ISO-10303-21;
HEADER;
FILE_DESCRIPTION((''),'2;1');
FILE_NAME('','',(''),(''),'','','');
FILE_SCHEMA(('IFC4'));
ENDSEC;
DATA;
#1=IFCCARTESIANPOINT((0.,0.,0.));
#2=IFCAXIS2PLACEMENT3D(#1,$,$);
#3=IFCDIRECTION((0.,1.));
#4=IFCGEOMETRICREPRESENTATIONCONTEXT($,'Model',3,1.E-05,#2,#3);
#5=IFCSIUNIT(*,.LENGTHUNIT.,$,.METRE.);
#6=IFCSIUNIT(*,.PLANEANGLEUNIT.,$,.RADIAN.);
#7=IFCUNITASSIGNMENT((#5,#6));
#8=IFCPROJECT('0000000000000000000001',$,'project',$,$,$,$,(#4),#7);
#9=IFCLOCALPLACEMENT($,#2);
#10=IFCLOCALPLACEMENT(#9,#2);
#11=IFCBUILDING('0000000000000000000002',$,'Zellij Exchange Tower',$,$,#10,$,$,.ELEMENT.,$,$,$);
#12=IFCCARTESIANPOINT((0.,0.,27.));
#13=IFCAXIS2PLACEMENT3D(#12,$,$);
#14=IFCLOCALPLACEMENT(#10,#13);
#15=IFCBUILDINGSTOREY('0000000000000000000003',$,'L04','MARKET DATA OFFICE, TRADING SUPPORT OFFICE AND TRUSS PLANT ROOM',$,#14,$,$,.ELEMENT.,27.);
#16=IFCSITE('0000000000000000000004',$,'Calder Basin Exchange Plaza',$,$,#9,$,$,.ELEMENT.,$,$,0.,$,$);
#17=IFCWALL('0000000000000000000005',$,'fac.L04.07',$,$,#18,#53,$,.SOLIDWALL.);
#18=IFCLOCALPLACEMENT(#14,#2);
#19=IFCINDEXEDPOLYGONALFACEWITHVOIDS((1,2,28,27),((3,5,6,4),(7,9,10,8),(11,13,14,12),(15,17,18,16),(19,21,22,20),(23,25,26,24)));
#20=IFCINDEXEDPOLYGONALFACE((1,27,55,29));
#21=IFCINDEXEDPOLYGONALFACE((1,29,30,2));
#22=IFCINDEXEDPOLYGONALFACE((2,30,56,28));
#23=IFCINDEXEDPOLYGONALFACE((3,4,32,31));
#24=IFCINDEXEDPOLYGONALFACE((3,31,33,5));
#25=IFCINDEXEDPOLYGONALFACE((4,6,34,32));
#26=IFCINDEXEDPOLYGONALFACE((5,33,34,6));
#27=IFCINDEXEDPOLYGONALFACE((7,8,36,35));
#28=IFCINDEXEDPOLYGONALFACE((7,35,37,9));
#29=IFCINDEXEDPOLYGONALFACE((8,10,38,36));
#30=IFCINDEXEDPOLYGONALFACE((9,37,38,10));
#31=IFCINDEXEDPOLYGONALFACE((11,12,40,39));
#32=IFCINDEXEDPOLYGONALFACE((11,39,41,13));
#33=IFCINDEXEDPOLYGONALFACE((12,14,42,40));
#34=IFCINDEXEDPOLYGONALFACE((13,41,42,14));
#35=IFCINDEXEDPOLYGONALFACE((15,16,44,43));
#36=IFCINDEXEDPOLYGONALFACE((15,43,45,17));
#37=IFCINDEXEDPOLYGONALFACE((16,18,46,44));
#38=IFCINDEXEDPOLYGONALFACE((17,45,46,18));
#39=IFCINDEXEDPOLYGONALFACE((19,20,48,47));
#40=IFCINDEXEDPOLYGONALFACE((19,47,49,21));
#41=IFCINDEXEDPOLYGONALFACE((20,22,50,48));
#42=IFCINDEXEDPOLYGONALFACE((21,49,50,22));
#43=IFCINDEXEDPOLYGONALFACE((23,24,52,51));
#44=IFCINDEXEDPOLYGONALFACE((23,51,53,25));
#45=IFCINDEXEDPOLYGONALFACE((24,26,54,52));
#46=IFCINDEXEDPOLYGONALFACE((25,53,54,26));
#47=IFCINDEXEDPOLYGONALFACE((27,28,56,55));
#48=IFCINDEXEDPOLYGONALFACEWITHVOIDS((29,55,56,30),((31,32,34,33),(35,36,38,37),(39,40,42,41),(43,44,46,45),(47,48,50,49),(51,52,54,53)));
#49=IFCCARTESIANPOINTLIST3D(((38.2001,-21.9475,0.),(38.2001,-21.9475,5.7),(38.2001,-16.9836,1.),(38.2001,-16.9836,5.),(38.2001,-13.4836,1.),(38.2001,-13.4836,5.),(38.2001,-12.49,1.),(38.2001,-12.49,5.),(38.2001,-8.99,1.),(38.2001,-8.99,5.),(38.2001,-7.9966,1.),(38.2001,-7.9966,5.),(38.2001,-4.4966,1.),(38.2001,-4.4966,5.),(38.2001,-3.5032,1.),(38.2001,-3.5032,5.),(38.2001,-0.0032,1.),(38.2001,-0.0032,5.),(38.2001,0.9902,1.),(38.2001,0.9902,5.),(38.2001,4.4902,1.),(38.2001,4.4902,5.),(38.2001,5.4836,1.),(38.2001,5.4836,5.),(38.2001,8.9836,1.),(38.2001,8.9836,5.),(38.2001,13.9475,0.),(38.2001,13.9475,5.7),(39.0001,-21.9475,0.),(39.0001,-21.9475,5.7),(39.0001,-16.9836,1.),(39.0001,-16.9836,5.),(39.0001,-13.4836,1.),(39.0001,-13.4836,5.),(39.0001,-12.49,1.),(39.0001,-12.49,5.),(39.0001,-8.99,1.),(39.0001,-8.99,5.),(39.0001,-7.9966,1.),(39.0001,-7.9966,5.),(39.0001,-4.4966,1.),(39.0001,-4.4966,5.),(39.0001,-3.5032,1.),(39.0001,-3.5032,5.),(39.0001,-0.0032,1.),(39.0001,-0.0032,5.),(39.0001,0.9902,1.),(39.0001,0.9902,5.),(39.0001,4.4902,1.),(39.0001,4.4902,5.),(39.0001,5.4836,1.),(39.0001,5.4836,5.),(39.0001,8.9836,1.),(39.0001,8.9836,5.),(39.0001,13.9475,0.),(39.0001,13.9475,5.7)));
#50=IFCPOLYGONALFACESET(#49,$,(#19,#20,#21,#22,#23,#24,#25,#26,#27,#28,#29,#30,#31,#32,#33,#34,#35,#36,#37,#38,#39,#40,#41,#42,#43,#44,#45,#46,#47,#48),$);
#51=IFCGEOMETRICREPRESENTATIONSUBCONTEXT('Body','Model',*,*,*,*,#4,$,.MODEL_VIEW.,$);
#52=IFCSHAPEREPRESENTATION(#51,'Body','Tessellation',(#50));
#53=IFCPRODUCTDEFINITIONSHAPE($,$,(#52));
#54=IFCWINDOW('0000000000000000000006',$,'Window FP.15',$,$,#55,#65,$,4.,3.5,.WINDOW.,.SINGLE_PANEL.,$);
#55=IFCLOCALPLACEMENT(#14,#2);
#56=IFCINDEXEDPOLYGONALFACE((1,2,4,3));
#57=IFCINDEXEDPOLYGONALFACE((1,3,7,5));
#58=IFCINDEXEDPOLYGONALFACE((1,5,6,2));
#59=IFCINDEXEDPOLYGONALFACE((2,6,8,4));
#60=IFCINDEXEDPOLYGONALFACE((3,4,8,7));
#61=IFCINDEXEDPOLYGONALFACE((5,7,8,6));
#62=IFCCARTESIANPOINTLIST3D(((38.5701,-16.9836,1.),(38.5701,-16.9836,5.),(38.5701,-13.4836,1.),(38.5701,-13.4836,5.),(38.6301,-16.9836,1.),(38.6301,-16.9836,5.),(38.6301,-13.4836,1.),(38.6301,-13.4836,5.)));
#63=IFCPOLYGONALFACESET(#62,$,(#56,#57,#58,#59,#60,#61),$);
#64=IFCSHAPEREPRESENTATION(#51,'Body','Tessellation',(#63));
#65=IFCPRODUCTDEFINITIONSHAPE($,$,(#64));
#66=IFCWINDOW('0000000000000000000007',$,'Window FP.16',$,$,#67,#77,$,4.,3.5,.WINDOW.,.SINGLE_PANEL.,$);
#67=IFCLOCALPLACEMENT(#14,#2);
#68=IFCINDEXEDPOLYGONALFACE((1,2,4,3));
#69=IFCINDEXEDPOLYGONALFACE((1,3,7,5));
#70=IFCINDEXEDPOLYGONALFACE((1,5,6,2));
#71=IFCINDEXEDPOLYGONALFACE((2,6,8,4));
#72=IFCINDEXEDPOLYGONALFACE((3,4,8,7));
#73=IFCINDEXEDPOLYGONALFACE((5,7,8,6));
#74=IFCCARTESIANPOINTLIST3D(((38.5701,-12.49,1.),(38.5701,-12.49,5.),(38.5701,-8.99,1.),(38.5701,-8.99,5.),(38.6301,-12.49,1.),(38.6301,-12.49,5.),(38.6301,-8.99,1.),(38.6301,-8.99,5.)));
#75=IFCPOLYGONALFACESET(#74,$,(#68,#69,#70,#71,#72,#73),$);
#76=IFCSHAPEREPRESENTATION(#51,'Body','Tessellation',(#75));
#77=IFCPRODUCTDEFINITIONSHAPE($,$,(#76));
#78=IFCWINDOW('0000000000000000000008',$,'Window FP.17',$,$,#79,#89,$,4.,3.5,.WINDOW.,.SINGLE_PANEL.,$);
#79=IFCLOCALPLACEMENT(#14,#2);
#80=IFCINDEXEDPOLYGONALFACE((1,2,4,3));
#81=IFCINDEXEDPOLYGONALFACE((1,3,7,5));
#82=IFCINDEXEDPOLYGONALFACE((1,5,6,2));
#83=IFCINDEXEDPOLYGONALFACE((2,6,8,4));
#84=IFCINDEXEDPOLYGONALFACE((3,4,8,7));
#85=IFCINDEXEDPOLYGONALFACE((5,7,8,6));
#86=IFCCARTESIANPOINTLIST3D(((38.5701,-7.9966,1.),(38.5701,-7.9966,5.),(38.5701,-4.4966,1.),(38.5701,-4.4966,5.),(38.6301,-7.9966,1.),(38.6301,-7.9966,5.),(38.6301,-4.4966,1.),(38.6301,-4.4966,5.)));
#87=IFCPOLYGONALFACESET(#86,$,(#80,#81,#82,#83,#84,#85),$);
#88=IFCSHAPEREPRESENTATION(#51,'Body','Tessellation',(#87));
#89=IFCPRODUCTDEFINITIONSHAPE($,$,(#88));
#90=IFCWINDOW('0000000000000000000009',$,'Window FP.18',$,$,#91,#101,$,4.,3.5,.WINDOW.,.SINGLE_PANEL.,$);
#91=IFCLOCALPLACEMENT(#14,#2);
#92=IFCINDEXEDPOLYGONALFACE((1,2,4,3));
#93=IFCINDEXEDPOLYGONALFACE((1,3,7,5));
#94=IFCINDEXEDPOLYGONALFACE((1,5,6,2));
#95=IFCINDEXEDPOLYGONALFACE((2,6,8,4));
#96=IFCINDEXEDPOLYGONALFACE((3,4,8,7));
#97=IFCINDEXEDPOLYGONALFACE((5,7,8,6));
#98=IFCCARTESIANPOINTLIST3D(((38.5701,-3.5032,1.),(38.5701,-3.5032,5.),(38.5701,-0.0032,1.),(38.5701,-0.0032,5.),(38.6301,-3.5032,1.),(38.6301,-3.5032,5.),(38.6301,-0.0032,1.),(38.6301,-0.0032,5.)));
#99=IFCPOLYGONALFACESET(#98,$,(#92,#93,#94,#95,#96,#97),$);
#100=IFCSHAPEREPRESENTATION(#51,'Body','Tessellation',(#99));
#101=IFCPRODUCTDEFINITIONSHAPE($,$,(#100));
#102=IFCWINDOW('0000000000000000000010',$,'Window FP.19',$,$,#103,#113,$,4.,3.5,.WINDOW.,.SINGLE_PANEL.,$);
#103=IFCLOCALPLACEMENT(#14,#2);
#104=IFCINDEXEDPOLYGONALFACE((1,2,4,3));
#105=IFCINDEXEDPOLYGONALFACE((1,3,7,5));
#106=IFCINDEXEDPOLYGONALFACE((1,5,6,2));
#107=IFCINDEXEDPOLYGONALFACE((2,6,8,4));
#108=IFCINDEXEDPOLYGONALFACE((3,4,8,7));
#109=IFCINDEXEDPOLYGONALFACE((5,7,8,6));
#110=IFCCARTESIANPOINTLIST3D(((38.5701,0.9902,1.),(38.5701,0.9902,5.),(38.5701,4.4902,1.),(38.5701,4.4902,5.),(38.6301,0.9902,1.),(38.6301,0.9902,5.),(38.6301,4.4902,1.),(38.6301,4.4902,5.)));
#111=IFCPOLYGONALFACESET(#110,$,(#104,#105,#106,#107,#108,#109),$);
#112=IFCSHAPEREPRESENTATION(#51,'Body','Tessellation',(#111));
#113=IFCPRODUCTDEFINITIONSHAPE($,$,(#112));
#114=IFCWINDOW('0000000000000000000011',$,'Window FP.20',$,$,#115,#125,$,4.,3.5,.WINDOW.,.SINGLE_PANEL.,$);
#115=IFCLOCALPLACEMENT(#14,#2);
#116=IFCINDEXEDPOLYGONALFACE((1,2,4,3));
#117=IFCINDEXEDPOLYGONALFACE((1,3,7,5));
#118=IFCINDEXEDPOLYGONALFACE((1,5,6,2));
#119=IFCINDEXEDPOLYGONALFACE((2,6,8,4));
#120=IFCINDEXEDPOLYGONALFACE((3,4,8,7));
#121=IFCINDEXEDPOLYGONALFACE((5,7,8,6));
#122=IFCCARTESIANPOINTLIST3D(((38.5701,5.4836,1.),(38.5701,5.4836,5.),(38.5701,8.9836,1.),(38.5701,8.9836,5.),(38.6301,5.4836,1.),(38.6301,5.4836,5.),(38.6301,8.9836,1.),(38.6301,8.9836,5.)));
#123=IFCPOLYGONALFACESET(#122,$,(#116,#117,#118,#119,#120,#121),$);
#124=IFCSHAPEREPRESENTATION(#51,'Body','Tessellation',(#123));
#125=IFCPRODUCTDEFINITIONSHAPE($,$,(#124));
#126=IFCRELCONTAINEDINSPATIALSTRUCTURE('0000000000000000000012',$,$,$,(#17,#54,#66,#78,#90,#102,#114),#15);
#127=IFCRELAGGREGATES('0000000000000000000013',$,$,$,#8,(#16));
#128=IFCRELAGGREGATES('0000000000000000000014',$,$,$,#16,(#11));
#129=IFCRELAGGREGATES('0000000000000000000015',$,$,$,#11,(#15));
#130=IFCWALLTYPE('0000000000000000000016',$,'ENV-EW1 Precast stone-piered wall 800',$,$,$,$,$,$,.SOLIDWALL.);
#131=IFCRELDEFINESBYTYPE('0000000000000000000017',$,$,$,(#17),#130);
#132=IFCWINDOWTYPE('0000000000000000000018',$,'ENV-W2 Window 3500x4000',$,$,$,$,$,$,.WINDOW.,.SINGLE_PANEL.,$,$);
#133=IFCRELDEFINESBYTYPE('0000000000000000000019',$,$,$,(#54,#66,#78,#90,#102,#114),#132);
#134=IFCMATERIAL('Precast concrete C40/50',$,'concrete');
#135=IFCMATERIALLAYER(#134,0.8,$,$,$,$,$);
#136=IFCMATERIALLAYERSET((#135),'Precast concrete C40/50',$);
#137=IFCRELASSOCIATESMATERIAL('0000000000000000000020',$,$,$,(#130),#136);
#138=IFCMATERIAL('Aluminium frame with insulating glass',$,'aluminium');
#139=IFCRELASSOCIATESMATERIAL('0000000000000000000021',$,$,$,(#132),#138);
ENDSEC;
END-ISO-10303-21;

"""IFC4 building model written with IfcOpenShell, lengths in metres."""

from ifc_helpers import new_model, si_unit, direction, frame, frame_2d, origin, place, context, subcontext, project, spatial, rectangle, extrude, material, layer, layer_set, type_object, element, fill, save


model = new_model("IFC4")

# Units and contexts
model_context = context("Model", 3, precision=1e-05, world=origin(), true_north=direction((0.0, 1.0)))
body_context = subcontext(model_context, "Body", "Model", "MODEL_VIEW")
ifc_project = project(units=[si_unit("LENGTHUNIT", "METRE"), si_unit("PLANEANGLEUNIT", "RADIAN")], contexts=[model_context])

# Site, building, storey
site_placement = place(None, origin())
site = spatial("IfcSite", under=ifc_project, at=site_placement, Name="Calder Basin Exchange Plaza", CompositionType="ELEMENT", RefElevation=0.0)
building_placement = place(site_placement, origin())
building = spatial("IfcBuilding", under=site, at=building_placement, Name="Zellij Exchange Tower", CompositionType="ELEMENT")
storey_placement = place(building_placement, frame((0.0, 0.0, 27.0)))
storey = spatial("IfcBuildingStorey", under=building, at=storey_placement, Name="L04", Description="MARKET DATA OFFICE, TRADING SUPPORT OFFICE AND TRUSS PLANT ROOM", CompositionType="ELEMENT", Elevation=27.0)

# Shared definitions
ifc_material_1 = material(Name="Precast concrete C40/50", Category="concrete")
ifc_layer = layer(ifc_material_1, 0.8)
ifc_layer_set = layer_set([ifc_layer], Name="Precast concrete C40/50")
wall_type = type_object("IfcWallType", Name="ENV-EW1 Precast stone-piered wall 800", PredefinedType="SOLIDWALL", material=ifc_layer_set)

# Wall, openings, windows
wall_1_placement = place(storey_placement, frame((38.6001, -21.9475, 0.0), z_axis=(0.0, 0.0, 1.0), x_axis=(0.0, 1.0, 0.0)))
wall_1 = element("IfcWall", 1, at=wall_1_placement, inside=storey, type_object=wall_type, Name="fac.L04.07", PredefinedType="SOLIDWALL", context=body_context, shape_type="SweptSolid", body=[
    extrude(rectangle(XDim=35.895, YDim=0.8, at=frame_2d((17.9475, 0.0))), origin(), (0.0, 0.0, 1.0), 5.7),
])
opening_1_placement = place(wall_1_placement, frame((4.9639, 0.0, 1.0)))
opening_1 = element("IfcOpeningElement", 2, at=opening_1_placement, cuts=wall_1, PredefinedType="OPENING", context=body_context, shape_type="SweptSolid", body=[
    extrude(rectangle(XDim=3.5, YDim=4.0, at=frame_2d((1.75, 2.0))), frame((0.0, 0.4121, 0.0), z_axis=(0.0, -1.0, 0.0), x_axis=(1.0, 0.0, 0.0)), (0.0, 0.0, 1.0), 0.824),
])
opening_2_placement = place(wall_1_placement, frame((9.4575, 0.0, 1.0)))
opening_2 = element("IfcOpeningElement", 3, at=opening_2_placement, cuts=wall_1, PredefinedType="OPENING", context=body_context, shape_type="SweptSolid", body=[
    extrude(rectangle(XDim=3.5, YDim=4.0, at=frame_2d((1.75, 2.0))), frame((0.0, 0.4121, 0.0), z_axis=(0.0, -1.0, 0.0), x_axis=(1.0, 0.0, 0.0)), (0.0, 0.0, 1.0), 0.824),
])
opening_3_placement = place(wall_1_placement, frame((13.9509, 0.0, 1.0)))
opening_3 = element("IfcOpeningElement", 4, at=opening_3_placement, cuts=wall_1, PredefinedType="OPENING", context=body_context, shape_type="SweptSolid", body=[
    extrude(rectangle(XDim=3.5, YDim=4.0, at=frame_2d((1.75, 2.0))), frame((0.0, 0.4121, 0.0), z_axis=(0.0, -1.0, 0.0), x_axis=(1.0, 0.0, 0.0)), (0.0, 0.0, 1.0), 0.824),
])
opening_4_placement = place(wall_1_placement, frame((18.4443, 0.0, 1.0)))
opening_4 = element("IfcOpeningElement", 5, at=opening_4_placement, cuts=wall_1, PredefinedType="OPENING", context=body_context, shape_type="SweptSolid", body=[
    extrude(rectangle(XDim=3.5, YDim=4.0, at=frame_2d((1.75, 2.0))), frame((0.0, 0.4121, 0.0), z_axis=(0.0, -1.0, 0.0), x_axis=(1.0, 0.0, 0.0)), (0.0, 0.0, 1.0), 0.824),
])
opening_5_placement = place(wall_1_placement, frame((22.9377, 0.0, 1.0)))
opening_5 = element("IfcOpeningElement", 6, at=opening_5_placement, cuts=wall_1, PredefinedType="OPENING", context=body_context, shape_type="SweptSolid", body=[
    extrude(rectangle(XDim=3.5, YDim=4.0, at=frame_2d((1.75, 2.0))), frame((0.0, 0.4121, 0.0), z_axis=(0.0, -1.0, 0.0), x_axis=(1.0, 0.0, 0.0)), (0.0, 0.0, 1.0), 0.824),
])
opening_6_placement = place(wall_1_placement, frame((27.4312, 0.0, 1.0)))
opening_6 = element("IfcOpeningElement", 7, at=opening_6_placement, cuts=wall_1, PredefinedType="OPENING", context=body_context, shape_type="SweptSolid", body=[
    extrude(rectangle(XDim=3.5, YDim=4.0, at=frame_2d((1.75, 2.0))), frame((0.0, 0.4121, 0.0), z_axis=(0.0, -1.0, 0.0), x_axis=(1.0, 0.0, 0.0)), (0.0, 0.0, 1.0), 0.824),
])
ifc_material_2 = material(Name="Aluminium frame with insulating glass", Category="aluminium")
window_type = type_object("IfcWindowType", Name="ENV-W2 Window 3500x4000", PartitioningType="SINGLE_PANEL", PredefinedType="WINDOW", material=ifc_material_2)
window_1_placement = place(opening_1_placement, origin())
window_1 = element("IfcWindow", 8, at=window_1_placement, inside=storey, type_object=window_type, Name="Window FP.15", OverallHeight=4.0, OverallWidth=3.5, PartitioningType="SINGLE_PANEL", PredefinedType="WINDOW", context=body_context, shape_type="SweptSolid", body=[
    extrude(rectangle(XDim=3.5, YDim=4.0, at=frame_2d((1.75, 2.0))), frame((0.0, 0.03, 0.0), z_axis=(0.0, -1.0, 0.0), x_axis=(1.0, 0.0, 0.0)), (0.0, 0.0, 1.0), 0.0601),
])
fill(opening_1, window_1)
window_2_placement = place(opening_2_placement, origin())
window_2 = element("IfcWindow", 9, at=window_2_placement, inside=storey, type_object=window_type, Name="Window FP.16", OverallHeight=4.0, OverallWidth=3.5, PartitioningType="SINGLE_PANEL", PredefinedType="WINDOW", context=body_context, shape_type="SweptSolid", body=[
    extrude(rectangle(XDim=3.5, YDim=4.0, at=frame_2d((1.75, 2.0))), frame((0.0, 0.03, 0.0), z_axis=(0.0, -1.0, 0.0), x_axis=(1.0, 0.0, 0.0)), (0.0, 0.0, 1.0), 0.0601),
])
fill(opening_2, window_2)
window_3_placement = place(opening_3_placement, origin())
window_3 = element("IfcWindow", 10, at=window_3_placement, inside=storey, type_object=window_type, Name="Window FP.17", OverallHeight=4.0, OverallWidth=3.5, PartitioningType="SINGLE_PANEL", PredefinedType="WINDOW", context=body_context, shape_type="SweptSolid", body=[
    extrude(rectangle(XDim=3.5, YDim=4.0, at=frame_2d((1.75, 2.0))), frame((0.0, 0.03, 0.0), z_axis=(0.0, -1.0, 0.0), x_axis=(1.0, 0.0, 0.0)), (0.0, 0.0, 1.0), 0.0601),
])
fill(opening_3, window_3)
window_4_placement = place(opening_4_placement, origin())
window_4 = element("IfcWindow", 11, at=window_4_placement, inside=storey, type_object=window_type, Name="Window FP.18", OverallHeight=4.0, OverallWidth=3.5, PartitioningType="SINGLE_PANEL", PredefinedType="WINDOW", context=body_context, shape_type="SweptSolid", body=[
    extrude(rectangle(XDim=3.5, YDim=4.0, at=frame_2d((1.75, 2.0))), frame((0.0, 0.03, 0.0), z_axis=(0.0, -1.0, 0.0), x_axis=(1.0, 0.0, 0.0)), (0.0, 0.0, 1.0), 0.0601),
])
fill(opening_4, window_4)
window_5_placement = place(opening_5_placement, origin())
window_5 = element("IfcWindow", 12, at=window_5_placement, inside=storey, type_object=window_type, Name="Window FP.19", OverallHeight=4.0, OverallWidth=3.5, PartitioningType="SINGLE_PANEL", PredefinedType="WINDOW", context=body_context, shape_type="SweptSolid", body=[
    extrude(rectangle(XDim=3.5, YDim=4.0, at=frame_2d((1.75, 2.0))), frame((0.0, 0.03, 0.0), z_axis=(0.0, -1.0, 0.0), x_axis=(1.0, 0.0, 0.0)), (0.0, 0.0, 1.0), 0.0601),
])
fill(opening_5, window_5)
window_6_placement = place(opening_6_placement, origin())
window_6 = element("IfcWindow", 13, at=window_6_placement, inside=storey, type_object=window_type, Name="Window FP.20", OverallHeight=4.0, OverallWidth=3.5, PartitioningType="SINGLE_PANEL", PredefinedType="WINDOW", context=body_context, shape_type="SweptSolid", body=[
    extrude(rectangle(XDim=3.5, YDim=4.0, at=frame_2d((1.75, 2.0))), frame((0.0, 0.03, 0.0), z_axis=(0.0, -1.0, 0.0), x_axis=(1.0, 0.0, 0.0)), (0.0, 0.0, 1.0), 0.0601),
])
fill(opening_6, window_6)

save(model, "model.ifc")
